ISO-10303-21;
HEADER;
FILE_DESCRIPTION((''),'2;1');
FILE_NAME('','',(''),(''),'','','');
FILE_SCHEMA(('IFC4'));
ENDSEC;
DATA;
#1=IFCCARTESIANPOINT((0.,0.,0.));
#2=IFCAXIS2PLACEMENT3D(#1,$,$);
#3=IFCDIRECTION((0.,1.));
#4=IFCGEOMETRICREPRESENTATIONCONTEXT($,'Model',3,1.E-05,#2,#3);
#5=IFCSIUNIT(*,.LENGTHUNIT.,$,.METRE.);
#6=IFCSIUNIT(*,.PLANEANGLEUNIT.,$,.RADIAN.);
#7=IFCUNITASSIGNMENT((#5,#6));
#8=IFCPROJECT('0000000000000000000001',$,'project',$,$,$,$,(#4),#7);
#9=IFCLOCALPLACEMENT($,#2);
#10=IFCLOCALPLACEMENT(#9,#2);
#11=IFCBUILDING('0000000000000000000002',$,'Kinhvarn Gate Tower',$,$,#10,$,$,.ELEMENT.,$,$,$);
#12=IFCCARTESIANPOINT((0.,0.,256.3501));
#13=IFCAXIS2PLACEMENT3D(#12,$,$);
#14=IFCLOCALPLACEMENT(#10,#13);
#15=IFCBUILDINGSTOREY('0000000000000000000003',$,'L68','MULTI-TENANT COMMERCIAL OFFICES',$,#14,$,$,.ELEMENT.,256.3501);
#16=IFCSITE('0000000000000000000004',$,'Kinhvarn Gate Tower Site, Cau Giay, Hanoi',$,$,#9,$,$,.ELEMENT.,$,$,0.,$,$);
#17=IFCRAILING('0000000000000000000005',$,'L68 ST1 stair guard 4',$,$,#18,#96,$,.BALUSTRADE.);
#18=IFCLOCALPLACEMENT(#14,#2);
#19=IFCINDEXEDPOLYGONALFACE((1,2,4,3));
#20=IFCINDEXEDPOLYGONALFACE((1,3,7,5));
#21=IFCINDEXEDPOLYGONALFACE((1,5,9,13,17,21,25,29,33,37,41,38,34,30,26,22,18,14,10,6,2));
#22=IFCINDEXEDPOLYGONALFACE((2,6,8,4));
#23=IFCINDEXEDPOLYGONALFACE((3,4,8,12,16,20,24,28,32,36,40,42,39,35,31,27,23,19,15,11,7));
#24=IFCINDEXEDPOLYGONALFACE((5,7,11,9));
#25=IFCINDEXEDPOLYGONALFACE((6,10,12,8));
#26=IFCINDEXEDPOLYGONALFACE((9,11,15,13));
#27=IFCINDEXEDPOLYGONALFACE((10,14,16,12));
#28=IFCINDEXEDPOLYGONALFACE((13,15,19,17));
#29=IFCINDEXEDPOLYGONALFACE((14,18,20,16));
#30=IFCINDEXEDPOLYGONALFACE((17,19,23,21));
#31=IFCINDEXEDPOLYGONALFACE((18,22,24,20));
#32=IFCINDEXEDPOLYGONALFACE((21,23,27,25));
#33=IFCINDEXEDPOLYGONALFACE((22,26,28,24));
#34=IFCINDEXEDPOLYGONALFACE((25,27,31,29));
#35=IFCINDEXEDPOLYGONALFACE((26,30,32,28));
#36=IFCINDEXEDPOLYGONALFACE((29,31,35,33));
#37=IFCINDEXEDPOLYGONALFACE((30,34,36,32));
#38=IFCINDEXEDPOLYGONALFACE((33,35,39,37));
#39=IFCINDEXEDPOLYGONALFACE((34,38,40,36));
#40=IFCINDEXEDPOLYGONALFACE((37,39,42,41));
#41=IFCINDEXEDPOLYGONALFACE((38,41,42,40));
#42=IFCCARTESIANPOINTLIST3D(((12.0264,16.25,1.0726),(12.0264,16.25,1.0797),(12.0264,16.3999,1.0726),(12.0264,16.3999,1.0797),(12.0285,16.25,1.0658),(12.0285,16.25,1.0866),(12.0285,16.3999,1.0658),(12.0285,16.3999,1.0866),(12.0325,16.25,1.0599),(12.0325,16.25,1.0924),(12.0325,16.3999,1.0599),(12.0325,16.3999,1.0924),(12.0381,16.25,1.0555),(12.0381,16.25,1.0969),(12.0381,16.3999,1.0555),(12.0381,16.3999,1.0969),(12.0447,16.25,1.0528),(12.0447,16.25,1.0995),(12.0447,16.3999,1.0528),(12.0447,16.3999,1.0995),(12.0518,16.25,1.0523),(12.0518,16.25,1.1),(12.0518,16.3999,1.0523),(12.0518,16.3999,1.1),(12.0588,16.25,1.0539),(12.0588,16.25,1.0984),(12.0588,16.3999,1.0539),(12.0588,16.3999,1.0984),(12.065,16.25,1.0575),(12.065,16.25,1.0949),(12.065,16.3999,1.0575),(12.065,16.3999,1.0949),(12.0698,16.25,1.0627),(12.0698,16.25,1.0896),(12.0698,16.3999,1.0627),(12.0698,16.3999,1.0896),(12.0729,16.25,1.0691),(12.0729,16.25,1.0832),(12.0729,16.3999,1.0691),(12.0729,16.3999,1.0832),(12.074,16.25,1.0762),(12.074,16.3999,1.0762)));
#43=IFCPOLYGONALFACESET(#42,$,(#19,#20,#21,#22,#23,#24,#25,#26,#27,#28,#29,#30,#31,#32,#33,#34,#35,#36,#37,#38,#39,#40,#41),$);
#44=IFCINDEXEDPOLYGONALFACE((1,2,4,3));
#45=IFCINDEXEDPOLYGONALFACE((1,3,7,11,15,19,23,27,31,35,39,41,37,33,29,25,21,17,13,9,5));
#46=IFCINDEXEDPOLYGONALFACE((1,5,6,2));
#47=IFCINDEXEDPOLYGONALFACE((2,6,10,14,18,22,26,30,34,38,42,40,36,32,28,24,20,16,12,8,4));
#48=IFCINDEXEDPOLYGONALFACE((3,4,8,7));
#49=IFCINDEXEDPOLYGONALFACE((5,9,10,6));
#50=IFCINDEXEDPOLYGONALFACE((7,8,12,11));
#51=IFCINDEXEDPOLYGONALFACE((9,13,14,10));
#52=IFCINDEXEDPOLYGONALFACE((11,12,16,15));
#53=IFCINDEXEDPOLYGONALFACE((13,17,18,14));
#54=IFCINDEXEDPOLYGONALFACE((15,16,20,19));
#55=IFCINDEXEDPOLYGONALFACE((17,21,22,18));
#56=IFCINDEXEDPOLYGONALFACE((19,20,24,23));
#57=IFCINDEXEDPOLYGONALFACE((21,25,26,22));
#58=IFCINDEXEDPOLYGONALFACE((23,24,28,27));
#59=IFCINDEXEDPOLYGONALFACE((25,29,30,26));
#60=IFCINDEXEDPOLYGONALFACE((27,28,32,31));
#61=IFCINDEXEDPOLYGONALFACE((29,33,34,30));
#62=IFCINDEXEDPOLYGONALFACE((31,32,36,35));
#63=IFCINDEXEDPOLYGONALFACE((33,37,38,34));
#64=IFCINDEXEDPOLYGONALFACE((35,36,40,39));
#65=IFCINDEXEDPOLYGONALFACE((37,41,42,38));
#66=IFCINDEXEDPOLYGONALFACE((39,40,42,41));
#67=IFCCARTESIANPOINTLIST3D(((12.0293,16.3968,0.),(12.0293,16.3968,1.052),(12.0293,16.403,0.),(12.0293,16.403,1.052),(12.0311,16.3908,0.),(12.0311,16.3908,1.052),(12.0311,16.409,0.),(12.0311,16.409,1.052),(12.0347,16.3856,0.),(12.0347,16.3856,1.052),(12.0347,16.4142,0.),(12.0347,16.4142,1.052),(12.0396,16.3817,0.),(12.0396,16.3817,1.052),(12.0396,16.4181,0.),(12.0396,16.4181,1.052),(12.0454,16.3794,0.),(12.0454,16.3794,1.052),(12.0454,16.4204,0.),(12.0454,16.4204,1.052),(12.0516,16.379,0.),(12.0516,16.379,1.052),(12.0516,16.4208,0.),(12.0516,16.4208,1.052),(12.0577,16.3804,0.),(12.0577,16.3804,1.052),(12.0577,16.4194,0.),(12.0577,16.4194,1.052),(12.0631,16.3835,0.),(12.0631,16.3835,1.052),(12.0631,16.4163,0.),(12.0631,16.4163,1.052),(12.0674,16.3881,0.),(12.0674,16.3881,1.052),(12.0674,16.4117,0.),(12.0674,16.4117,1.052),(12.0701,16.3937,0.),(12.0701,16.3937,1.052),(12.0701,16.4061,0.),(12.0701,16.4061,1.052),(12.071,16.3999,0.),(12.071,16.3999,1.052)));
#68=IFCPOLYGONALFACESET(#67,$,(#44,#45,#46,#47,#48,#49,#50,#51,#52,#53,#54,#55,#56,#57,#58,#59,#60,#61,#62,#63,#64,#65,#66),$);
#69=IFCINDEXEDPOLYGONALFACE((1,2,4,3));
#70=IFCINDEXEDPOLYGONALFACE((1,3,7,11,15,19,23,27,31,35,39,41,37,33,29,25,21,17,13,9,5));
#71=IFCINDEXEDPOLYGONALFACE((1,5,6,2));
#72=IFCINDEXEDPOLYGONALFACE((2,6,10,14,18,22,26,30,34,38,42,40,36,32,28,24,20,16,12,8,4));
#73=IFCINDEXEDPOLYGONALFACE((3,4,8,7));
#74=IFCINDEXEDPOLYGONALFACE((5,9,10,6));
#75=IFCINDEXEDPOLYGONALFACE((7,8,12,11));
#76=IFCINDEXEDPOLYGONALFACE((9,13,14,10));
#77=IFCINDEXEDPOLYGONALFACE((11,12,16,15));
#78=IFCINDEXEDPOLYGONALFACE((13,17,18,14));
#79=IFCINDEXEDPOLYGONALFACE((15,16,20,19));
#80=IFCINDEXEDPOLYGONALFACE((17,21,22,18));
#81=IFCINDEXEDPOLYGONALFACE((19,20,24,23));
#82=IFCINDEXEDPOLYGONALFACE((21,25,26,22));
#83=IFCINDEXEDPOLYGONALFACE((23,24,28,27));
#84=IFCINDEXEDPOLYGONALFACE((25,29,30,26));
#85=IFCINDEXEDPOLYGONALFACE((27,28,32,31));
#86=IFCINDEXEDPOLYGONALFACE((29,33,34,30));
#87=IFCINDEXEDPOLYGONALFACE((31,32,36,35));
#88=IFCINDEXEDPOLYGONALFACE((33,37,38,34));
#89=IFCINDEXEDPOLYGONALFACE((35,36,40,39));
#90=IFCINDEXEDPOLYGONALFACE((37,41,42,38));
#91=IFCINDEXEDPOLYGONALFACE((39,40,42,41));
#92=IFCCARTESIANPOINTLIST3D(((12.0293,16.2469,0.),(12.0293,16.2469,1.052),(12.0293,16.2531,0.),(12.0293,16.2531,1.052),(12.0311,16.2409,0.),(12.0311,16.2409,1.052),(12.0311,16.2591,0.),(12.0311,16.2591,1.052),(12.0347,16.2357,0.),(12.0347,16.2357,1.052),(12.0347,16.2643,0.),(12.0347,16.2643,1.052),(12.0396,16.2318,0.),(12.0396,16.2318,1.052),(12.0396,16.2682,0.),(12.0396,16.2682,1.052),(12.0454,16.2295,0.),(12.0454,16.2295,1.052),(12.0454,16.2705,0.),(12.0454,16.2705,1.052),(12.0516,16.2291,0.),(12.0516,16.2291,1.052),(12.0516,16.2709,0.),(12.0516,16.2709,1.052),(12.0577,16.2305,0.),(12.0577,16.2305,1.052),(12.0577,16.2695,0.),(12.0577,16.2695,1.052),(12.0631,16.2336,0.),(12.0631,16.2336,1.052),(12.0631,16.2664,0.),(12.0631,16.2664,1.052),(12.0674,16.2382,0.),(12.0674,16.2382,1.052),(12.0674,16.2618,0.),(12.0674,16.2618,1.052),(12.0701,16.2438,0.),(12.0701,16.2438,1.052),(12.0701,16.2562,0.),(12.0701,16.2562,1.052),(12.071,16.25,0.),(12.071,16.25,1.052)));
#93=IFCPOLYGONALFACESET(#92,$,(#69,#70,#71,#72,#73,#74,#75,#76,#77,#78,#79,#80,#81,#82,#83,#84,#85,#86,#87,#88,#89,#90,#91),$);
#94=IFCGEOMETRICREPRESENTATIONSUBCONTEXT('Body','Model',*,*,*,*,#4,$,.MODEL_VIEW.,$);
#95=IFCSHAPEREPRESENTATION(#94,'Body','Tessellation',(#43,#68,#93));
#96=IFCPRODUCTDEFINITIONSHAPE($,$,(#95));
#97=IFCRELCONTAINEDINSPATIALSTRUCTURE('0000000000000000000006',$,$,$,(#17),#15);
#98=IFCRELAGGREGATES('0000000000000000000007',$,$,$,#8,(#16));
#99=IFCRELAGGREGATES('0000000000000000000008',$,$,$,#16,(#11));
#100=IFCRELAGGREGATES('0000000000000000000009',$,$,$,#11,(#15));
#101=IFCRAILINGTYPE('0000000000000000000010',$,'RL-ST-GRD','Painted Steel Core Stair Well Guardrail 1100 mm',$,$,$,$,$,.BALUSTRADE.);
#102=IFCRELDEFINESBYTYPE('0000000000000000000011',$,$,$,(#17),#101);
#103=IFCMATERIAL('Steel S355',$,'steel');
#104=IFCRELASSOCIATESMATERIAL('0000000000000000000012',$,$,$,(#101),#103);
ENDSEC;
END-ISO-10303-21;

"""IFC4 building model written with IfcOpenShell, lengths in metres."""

from ifc_helpers import new_model, si_unit, direction, frame, origin, origin_2d, place, context, subcontext, project, spatial, circle, extrude, material, type_object, element, save


model = new_model("IFC4")

# Units and contexts
model_context = context("Model", 3, precision=1e-05, world=origin(), true_north=direction((0.0, 1.0)))
body_context = subcontext(model_context, "Body", "Model", "MODEL_VIEW")
ifc_project = project(units=[si_unit("LENGTHUNIT", "METRE"), si_unit("PLANEANGLEUNIT", "RADIAN")], contexts=[model_context])

# Site, building, storey
site_placement = place(None, origin())
site = spatial("IfcSite", under=ifc_project, at=site_placement, Name="Kinhvarn Gate Tower Site, Cau Giay, Hanoi", CompositionType="ELEMENT", RefElevation=0.0)
building_placement = place(site_placement, origin())
building = spatial("IfcBuilding", under=site, at=building_placement, Name="Kinhvarn Gate Tower", CompositionType="ELEMENT")
storey_placement = place(building_placement, frame((0.0, 0.0, 256.3501)))
storey = spatial("IfcBuildingStorey", under=building, at=storey_placement, Name="L68", Description="MULTI-TENANT COMMERCIAL OFFICES", CompositionType="ELEMENT", Elevation=256.3501)

# Shared definitions
ifc_material_1 = material(Name="Steel S355", Category="steel")

# Railing
railing_type_1 = type_object("IfcRailingType", Name="RL-ST-GRD", Description="Painted Steel Core Stair Well Guardrail 1100 mm", PredefinedType="BALUSTRADE", material=ifc_material_1)
railing_1_placement = place(storey_placement, frame((12.05, 16.3999, 0.0)))
element("IfcRailing", 1, at=railing_1_placement, inside=storey, type_object=railing_type_1, Name="L68 ST1 stair guard 4", PredefinedType="BALUSTRADE", context=body_context, shape_type="SweptSolid", body=[
    extrude(circle(Radius=0.0239, at=origin_2d()), frame((0.0, 0.0, 1.0762), z_axis=(0.0, -1.0, 0.0), x_axis=(1.0, 0.0, 0.0)), (0.0, 0.0, 1.0), 0.1499),
    extrude(circle(Radius=0.021, at=origin_2d()), origin(), (0.0, 0.0, 1.0), 1.052),
    extrude(circle(Radius=0.021, at=origin_2d()), frame((0.0, -0.1499, 0.0)), (0.0, 0.0, 1.0), 1.052),
])

save(model, "model.ifc")
